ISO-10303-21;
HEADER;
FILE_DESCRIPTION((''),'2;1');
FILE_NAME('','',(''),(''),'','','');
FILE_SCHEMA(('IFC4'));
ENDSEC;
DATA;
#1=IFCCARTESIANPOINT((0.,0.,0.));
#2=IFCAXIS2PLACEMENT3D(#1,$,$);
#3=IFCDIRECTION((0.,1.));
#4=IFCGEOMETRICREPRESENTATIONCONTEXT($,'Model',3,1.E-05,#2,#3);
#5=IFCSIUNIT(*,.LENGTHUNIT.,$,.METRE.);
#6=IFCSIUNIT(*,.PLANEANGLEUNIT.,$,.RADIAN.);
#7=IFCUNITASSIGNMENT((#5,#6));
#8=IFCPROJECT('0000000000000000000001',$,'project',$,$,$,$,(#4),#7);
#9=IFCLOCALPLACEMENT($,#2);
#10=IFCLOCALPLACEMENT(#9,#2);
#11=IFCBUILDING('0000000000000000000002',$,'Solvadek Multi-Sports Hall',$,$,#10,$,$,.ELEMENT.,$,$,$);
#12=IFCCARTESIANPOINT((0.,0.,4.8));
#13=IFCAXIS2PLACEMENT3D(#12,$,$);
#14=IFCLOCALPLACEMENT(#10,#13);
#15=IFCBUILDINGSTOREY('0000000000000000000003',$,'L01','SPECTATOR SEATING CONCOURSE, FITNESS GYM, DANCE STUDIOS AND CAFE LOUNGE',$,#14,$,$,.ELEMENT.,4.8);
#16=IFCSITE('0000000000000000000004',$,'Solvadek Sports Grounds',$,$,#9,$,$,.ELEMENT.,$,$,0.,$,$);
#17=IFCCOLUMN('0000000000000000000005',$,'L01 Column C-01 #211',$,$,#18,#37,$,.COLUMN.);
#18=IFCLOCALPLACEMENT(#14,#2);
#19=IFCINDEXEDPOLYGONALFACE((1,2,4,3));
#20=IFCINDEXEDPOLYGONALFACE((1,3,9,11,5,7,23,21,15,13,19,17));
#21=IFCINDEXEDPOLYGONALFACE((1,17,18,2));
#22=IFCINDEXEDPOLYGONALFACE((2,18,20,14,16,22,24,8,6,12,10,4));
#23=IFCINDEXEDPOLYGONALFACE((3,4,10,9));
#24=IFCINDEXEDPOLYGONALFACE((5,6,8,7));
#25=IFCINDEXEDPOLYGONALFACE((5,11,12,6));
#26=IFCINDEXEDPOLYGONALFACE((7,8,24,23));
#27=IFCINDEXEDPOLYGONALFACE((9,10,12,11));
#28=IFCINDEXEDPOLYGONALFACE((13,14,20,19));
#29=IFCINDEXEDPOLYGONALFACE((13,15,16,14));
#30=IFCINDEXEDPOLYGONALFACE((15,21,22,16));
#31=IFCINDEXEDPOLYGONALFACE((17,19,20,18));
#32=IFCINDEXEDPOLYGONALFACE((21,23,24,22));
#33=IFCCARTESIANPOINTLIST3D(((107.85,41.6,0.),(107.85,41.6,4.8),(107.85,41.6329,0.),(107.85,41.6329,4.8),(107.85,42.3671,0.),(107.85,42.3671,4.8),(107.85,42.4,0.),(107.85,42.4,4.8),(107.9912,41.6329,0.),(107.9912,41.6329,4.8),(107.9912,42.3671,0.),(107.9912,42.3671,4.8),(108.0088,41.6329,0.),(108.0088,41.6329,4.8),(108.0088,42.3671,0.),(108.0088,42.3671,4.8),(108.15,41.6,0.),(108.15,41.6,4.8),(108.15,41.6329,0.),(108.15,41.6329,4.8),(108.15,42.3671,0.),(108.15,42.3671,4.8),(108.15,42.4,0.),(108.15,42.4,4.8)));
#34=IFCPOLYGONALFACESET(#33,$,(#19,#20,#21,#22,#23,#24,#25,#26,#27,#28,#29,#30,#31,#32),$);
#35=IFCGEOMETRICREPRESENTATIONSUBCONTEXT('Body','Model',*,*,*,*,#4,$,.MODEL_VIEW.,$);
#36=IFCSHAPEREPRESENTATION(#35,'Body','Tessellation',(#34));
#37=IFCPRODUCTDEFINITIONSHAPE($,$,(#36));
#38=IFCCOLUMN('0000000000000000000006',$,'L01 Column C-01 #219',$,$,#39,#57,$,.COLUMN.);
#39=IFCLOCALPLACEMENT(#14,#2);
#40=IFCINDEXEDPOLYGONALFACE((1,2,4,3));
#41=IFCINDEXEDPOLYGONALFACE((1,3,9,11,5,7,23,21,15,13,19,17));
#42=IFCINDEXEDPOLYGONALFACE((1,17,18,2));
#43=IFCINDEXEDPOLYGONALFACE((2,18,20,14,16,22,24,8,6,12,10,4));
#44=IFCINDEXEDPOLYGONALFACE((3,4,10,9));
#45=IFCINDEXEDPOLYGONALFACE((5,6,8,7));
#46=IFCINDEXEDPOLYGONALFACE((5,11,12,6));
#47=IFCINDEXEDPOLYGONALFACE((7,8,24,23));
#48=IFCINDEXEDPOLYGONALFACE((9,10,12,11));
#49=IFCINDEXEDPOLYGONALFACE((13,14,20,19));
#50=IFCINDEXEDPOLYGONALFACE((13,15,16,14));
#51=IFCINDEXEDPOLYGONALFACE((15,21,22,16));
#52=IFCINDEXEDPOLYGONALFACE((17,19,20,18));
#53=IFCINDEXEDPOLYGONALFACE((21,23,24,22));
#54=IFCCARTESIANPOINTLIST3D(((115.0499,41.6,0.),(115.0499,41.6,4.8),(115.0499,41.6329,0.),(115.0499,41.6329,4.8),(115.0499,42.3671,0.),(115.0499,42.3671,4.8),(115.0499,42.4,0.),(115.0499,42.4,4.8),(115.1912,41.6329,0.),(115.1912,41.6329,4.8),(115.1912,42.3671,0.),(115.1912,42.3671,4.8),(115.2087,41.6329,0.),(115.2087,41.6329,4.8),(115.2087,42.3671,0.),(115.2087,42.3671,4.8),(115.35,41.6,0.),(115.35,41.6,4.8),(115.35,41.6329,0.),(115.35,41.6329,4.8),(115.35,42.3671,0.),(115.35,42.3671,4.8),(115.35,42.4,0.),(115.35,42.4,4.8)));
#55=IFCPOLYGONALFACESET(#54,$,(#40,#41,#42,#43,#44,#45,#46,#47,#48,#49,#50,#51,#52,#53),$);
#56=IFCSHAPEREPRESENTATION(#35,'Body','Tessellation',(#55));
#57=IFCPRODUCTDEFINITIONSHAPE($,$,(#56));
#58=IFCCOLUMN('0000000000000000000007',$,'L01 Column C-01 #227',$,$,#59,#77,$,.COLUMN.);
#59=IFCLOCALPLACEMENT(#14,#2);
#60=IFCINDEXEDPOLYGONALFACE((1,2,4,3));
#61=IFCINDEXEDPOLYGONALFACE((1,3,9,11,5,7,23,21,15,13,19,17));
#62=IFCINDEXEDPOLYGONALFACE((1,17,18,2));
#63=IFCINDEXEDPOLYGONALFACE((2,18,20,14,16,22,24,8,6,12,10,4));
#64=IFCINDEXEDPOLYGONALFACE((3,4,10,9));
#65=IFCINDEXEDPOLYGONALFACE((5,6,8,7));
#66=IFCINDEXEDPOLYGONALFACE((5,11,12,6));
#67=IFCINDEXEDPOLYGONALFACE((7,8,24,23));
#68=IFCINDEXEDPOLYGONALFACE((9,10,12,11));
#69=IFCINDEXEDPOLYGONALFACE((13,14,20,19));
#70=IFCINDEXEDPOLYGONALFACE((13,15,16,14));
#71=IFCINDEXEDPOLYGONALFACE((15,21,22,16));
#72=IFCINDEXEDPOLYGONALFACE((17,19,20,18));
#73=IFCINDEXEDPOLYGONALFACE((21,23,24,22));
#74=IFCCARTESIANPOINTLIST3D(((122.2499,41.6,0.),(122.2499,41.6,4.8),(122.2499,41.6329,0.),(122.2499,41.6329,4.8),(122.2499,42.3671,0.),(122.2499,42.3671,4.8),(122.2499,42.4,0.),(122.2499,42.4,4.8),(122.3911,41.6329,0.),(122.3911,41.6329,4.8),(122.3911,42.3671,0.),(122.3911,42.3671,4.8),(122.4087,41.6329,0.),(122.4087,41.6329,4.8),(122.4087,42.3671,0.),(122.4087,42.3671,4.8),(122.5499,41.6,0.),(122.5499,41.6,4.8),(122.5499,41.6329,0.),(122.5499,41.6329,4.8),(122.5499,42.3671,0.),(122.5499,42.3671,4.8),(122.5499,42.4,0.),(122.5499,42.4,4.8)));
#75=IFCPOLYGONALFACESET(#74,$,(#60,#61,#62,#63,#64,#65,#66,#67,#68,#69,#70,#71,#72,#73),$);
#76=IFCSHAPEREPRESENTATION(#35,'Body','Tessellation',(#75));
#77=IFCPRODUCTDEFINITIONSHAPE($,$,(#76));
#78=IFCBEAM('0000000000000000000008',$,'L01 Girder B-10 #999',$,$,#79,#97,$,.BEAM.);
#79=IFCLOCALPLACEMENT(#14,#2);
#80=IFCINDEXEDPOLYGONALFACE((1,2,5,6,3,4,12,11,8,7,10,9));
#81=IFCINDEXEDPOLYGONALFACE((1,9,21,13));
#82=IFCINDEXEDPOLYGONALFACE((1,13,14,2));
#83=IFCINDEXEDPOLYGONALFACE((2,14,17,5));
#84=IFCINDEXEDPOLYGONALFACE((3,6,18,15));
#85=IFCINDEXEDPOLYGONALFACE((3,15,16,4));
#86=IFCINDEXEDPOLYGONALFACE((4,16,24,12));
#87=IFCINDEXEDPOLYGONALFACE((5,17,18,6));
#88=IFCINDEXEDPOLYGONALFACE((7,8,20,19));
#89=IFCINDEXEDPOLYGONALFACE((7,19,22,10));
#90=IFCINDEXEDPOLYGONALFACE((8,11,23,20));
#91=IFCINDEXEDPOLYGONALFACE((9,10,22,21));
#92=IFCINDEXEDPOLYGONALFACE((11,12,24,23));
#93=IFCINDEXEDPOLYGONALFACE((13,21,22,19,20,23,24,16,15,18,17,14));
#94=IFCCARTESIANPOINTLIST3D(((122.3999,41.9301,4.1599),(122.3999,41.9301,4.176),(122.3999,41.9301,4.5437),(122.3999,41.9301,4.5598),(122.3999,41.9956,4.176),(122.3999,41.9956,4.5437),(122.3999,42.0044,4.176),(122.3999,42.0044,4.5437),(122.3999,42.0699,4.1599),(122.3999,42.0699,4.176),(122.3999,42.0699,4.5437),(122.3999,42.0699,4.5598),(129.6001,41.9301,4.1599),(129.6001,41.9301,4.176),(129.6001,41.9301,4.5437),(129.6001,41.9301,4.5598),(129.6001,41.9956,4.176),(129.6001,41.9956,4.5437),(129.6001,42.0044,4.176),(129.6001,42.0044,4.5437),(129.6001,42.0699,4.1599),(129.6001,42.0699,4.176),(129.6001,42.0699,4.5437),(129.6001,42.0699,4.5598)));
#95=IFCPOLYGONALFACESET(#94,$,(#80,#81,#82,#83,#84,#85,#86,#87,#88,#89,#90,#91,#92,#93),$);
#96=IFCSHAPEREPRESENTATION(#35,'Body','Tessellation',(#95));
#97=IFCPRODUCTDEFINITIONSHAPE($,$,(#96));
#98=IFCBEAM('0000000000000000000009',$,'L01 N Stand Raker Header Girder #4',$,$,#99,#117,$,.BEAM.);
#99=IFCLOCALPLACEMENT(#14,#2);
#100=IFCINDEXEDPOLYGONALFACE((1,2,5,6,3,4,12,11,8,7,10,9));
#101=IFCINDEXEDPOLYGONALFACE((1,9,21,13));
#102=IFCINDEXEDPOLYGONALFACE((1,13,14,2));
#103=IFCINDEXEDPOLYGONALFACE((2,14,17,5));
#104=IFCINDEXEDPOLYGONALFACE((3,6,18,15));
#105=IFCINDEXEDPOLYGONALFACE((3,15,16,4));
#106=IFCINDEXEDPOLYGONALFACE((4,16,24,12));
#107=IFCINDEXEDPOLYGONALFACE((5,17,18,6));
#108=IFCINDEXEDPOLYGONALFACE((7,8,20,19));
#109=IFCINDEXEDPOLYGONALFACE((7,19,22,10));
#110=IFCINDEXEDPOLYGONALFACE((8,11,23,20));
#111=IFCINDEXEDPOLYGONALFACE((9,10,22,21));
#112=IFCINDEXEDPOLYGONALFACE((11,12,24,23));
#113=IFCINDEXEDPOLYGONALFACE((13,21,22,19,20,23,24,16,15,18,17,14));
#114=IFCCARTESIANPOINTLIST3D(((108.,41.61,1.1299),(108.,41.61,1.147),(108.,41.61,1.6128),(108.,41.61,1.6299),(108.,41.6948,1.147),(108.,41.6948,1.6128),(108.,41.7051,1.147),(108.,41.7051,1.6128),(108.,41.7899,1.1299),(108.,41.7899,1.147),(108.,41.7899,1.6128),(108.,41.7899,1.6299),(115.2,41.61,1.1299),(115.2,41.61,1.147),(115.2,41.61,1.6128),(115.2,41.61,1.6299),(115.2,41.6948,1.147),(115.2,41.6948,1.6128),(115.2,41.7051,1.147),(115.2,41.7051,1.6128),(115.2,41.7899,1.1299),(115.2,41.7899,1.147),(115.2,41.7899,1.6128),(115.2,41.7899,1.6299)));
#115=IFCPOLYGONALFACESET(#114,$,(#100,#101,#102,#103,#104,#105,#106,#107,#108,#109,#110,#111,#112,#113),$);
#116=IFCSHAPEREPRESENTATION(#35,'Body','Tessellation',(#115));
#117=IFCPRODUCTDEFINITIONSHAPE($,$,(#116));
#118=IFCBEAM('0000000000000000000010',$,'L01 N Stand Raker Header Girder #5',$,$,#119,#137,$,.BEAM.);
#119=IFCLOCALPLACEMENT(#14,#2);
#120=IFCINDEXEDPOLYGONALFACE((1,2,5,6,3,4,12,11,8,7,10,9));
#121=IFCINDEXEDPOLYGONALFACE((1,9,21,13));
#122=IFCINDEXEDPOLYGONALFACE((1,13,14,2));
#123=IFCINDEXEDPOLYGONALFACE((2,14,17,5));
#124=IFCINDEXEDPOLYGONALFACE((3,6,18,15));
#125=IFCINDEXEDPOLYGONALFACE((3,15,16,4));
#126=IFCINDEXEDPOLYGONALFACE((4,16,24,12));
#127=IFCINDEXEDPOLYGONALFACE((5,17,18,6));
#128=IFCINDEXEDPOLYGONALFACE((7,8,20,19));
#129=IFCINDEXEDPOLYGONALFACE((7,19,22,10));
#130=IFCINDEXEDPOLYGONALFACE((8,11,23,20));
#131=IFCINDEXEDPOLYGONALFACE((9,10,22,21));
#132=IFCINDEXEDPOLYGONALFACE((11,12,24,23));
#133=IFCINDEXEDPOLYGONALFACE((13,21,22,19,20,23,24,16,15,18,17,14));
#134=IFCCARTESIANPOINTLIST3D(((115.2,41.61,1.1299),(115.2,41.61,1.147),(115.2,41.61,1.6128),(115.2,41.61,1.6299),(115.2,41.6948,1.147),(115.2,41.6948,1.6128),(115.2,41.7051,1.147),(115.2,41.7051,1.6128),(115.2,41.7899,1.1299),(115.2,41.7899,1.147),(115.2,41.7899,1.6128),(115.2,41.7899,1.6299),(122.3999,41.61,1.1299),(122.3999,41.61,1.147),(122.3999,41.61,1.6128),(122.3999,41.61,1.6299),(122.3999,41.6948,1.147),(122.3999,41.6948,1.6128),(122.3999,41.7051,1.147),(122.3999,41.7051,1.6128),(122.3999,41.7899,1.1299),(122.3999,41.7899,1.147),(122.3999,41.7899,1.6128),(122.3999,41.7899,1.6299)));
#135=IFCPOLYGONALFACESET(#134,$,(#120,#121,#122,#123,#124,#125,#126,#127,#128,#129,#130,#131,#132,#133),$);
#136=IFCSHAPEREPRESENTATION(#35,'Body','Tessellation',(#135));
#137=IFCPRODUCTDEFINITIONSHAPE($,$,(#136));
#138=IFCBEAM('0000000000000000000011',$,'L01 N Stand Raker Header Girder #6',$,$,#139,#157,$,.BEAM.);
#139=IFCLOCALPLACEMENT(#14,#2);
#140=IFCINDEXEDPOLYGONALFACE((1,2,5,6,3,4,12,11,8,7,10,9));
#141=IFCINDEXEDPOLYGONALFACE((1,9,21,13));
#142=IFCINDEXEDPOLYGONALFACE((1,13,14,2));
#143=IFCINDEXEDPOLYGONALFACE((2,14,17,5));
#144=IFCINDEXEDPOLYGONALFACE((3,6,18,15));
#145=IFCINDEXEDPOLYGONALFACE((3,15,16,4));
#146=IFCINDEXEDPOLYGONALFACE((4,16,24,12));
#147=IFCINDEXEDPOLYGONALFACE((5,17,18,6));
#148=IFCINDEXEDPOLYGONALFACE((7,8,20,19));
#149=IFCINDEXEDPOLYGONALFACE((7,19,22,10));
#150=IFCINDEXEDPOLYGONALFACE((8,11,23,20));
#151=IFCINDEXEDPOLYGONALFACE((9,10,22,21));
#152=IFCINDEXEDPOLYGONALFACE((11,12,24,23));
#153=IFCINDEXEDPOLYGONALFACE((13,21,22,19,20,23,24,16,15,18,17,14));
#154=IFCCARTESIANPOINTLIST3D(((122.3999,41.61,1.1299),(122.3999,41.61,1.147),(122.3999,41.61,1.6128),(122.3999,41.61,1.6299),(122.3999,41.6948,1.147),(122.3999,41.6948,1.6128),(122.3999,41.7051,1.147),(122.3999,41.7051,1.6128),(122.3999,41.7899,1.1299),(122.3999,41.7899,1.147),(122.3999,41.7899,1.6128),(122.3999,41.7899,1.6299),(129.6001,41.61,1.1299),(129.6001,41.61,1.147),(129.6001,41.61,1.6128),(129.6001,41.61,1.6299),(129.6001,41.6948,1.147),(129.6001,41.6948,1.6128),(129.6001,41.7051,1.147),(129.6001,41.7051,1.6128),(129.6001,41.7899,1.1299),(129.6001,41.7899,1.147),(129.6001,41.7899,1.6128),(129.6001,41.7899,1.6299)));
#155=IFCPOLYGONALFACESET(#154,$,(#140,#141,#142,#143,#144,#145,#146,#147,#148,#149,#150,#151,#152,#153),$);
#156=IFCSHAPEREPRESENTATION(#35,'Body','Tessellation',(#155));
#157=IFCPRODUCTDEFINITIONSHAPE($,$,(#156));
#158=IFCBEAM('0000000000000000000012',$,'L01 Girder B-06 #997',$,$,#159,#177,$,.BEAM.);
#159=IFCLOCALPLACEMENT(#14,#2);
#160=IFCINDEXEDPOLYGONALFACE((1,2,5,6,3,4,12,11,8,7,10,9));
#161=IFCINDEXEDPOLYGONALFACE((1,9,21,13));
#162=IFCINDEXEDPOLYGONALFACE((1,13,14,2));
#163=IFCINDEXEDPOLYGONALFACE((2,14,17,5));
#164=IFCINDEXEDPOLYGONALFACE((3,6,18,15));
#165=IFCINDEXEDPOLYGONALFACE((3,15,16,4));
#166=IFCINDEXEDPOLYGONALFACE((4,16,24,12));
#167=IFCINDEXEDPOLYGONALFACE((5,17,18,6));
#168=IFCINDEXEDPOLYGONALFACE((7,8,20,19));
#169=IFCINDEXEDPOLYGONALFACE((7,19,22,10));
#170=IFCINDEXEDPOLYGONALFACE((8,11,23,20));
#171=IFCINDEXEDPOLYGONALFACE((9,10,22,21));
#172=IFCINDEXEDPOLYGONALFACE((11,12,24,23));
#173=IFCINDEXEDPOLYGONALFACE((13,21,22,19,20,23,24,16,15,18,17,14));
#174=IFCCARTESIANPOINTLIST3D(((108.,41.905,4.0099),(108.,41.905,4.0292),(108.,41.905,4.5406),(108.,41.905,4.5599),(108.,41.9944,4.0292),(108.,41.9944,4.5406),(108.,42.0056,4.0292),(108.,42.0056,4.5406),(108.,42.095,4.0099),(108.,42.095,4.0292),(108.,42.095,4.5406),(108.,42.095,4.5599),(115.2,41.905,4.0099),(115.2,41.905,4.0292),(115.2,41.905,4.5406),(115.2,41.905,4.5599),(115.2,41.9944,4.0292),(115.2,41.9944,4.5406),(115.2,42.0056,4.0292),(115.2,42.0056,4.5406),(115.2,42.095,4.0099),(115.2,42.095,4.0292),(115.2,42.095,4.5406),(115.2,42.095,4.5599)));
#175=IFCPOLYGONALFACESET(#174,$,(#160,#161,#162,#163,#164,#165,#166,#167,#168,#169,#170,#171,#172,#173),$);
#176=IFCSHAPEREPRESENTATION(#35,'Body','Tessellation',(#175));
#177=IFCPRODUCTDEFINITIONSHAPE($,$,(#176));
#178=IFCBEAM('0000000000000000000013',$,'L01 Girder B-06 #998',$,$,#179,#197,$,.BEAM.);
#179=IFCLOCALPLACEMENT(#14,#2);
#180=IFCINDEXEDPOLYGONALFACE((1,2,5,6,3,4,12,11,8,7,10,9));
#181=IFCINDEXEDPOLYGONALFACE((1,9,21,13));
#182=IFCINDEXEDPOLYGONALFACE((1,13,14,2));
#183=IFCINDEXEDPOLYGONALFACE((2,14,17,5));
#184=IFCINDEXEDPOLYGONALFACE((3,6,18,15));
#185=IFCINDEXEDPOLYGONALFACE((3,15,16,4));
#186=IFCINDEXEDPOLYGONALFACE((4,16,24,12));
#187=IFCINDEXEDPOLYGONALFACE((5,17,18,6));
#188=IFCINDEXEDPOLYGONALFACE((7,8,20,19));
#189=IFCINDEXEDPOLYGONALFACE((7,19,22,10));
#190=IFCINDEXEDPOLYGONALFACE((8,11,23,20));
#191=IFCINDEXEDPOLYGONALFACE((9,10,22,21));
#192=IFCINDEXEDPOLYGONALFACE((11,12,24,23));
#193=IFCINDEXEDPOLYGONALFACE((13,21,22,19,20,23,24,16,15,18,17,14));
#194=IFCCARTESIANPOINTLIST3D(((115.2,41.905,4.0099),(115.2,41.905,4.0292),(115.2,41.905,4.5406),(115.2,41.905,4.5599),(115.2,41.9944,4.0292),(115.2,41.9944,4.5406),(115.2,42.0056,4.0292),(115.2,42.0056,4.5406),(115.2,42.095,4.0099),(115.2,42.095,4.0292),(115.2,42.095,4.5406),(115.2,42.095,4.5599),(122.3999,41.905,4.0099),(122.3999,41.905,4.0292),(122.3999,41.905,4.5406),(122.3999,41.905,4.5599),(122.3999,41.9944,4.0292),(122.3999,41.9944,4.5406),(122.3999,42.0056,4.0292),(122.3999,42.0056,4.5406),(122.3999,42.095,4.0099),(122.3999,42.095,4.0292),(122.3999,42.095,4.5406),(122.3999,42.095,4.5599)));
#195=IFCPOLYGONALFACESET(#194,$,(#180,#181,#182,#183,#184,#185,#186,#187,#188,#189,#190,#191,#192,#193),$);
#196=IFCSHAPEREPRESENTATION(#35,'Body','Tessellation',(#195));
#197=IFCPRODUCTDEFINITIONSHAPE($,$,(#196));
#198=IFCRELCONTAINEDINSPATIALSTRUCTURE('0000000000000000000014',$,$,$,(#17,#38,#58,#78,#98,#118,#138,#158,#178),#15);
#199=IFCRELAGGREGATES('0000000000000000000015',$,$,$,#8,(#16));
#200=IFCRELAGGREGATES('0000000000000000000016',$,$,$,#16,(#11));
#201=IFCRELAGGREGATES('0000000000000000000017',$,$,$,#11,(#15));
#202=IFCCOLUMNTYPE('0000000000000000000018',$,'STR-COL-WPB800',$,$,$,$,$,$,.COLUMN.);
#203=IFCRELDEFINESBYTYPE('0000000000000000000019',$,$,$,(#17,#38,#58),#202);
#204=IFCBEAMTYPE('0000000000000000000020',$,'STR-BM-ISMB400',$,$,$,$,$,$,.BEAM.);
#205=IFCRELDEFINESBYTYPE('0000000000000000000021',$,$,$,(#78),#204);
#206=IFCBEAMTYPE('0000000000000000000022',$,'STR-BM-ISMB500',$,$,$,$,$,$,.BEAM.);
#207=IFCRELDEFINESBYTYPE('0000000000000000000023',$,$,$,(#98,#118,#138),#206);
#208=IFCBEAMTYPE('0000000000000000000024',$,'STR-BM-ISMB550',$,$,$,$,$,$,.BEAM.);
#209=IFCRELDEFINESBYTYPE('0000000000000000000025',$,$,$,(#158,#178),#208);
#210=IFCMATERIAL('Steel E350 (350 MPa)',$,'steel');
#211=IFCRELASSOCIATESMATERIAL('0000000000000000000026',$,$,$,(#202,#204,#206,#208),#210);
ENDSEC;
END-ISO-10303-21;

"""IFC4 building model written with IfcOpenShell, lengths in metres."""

from ifc_helpers import new_model, si_unit, direction, frame, origin, origin_2d, place, context, subcontext, project, spatial, i_section, extrude, material, material_profile, profile_set, type_object, element, save


model = new_model("IFC4")

# Units and contexts
model_context = context("Model", 3, precision=1e-05, world=origin(), true_north=direction((0.0, 1.0)))
body_context = subcontext(model_context, "Body", "Model", "MODEL_VIEW")
ifc_project = project(units=[si_unit("LENGTHUNIT", "METRE"), si_unit("PLANEANGLEUNIT", "RADIAN")], contexts=[model_context])

# Site, building, storey
site_placement = place(None, origin())
site = spatial("IfcSite", under=ifc_project, at=site_placement, Name="Solvadek Sports Grounds", CompositionType="ELEMENT", RefElevation=0.0)
building_placement = place(site_placement, origin())
building = spatial("IfcBuilding", under=site, at=building_placement, Name="Solvadek Multi-Sports Hall", CompositionType="ELEMENT")
storey_placement = place(building_placement, frame((0.0, 0.0, 4.8)))
storey = spatial("IfcBuildingStorey", under=building, at=storey_placement, Name="L01", Description="SPECTATOR SEATING CONCOURSE, FITNESS GYM, DANCE STUDIOS AND CAFE LOUNGE", CompositionType="ELEMENT", Elevation=4.8)

# Columns
ifc_material_1 = material(Name="Steel E350 (350 MPa)", Category="steel")
ifc_material_profile_1 = material_profile(ifc_material_1, i_section(OverallWidth=0.3, OverallDepth=0.8, WebThickness=0.0176, FlangeThickness=0.033, at=origin_2d()), Name="WPB 800")
ifc_profile_set_1 = profile_set([ifc_material_profile_1], Name="Steel E350 (350 MPa)")
column_type = type_object("IfcColumnType", Name="STR-COL-WPB800", PredefinedType="COLUMN", material=ifc_profile_set_1)
for number, where, z_axis, x_axis, name in (
    (1, (108.0, 42.0, 0.0), (0.0, 0.0, 1.0), (1.0, 0.0, 0.0), "L01 Column C-01 #211"),
    (2, (115.2, 42.0, 0.0), (0.0, 0.0, 1.0), (1.0, 0.0, 0.0), "L01 Column C-01 #219"),
    (3, (122.3999, 42.0, 0.0), (0.0, 0.0, 1.0), (1.0, 0.0, 0.0), "L01 Column C-01 #227"),
):
    element("IfcColumn", number, at=place(storey_placement, frame(where, z_axis=z_axis, x_axis=x_axis)), inside=storey, type_object=column_type, Name=name, PredefinedType="COLUMN", context=body_context, shape_type="SweptSolid", body=[
        extrude(i_section(OverallWidth=0.3, OverallDepth=0.8, WebThickness=0.0176, FlangeThickness=0.033, at=origin_2d()), origin(), (0.0, 0.0, 1.0), 4.8),
    ])

# Beams
ifc_material_profile_2 = material_profile(ifc_material_1, i_section(OverallWidth=0.1399, OverallDepth=0.3999, WebThickness=0.0088, FlangeThickness=0.0161, at=origin_2d()), Name="ISMB 400")
ifc_profile_set_2 = profile_set([ifc_material_profile_2], Name="Steel E350 (350 MPa)")
beam_type_1 = type_object("IfcBeamType", Name="STR-BM-ISMB400", PredefinedType="BEAM", material=ifc_profile_set_2)
beam_1_placement = place(storey_placement, frame((122.3999, 42.0, 4.3599), z_axis=(1.0, 0.0, 0.0), x_axis=(0.0, 1.0, 0.0)))
element("IfcBeam", 4, at=beam_1_placement, inside=storey, type_object=beam_type_1, Name="L01 Girder B-10 #999", PredefinedType="BEAM", context=body_context, shape_type="SweptSolid", body=[
    extrude(i_section(OverallWidth=0.1399, OverallDepth=0.3999, WebThickness=0.0088, FlangeThickness=0.0161, at=origin_2d()), origin(), (0.0, 0.0, 1.0), 7.2002),
])
ifc_material_profile_3 = material_profile(ifc_material_1, i_section(OverallWidth=0.1799, OverallDepth=0.5, WebThickness=0.0103, FlangeThickness=0.0171, at=origin_2d()), Name="ISMB 500")
ifc_profile_set_3 = profile_set([ifc_material_profile_3], Name="Steel E350 (350 MPa)")
beam_type_2 = type_object("IfcBeamType", Name="STR-BM-ISMB500", PredefinedType="BEAM", material=ifc_profile_set_3)
for number, where, z_axis, x_axis, name in (
    (5, (108.0, 41.7, 1.3799), (1.0, 0.0, 0.0), (0.0, 1.0, 0.0), "L01 N Stand Raker Header Girder #4"),
    (6, (115.2, 41.7, 1.3799), (1.0, 0.0, 0.0), (0.0, 1.0, 0.0), "L01 N Stand Raker Header Girder #5"),
):
    element("IfcBeam", number, at=place(storey_placement, frame(where, z_axis=z_axis, x_axis=x_axis)), inside=storey, type_object=beam_type_2, Name=name, PredefinedType="BEAM", context=body_context, shape_type="SweptSolid", body=[
        extrude(i_section(OverallWidth=0.1799, OverallDepth=0.5, WebThickness=0.0103, FlangeThickness=0.0171, at=origin_2d()), origin(), (0.0, 0.0, 1.0), 7.2),
    ])
beam_2_placement = place(storey_placement, frame((122.3999, 41.7, 1.3799), z_axis=(1.0, 0.0, 0.0), x_axis=(0.0, 1.0, 0.0)))
element("IfcBeam", 7, at=beam_2_placement, inside=storey, type_object=beam_type_2, Name="L01 N Stand Raker Header Girder #6", PredefinedType="BEAM", context=body_context, shape_type="SweptSolid", body=[
    extrude(i_section(OverallWidth=0.1799, OverallDepth=0.5, WebThickness=0.0103, FlangeThickness=0.0171, at=origin_2d()), origin(), (0.0, 0.0, 1.0), 7.2002),
])
ifc_material_profile_4 = material_profile(ifc_material_1, i_section(OverallWidth=0.1899, OverallDepth=0.55, WebThickness=0.0112, FlangeThickness=0.0193, at=origin_2d()), Name="ISMB 550")
ifc_profile_set_4 = profile_set([ifc_material_profile_4], Name="Steel E350 (350 MPa)")
beam_type_3 = type_object("IfcBeamType", Name="STR-BM-ISMB550", PredefinedType="BEAM", material=ifc_profile_set_4)
for number, where, z_axis, x_axis, name in (
    (8, (108.0, 42.0, 4.2849), (1.0, 0.0, 0.0), (0.0, 1.0, 0.0), "L01 Girder B-06 #997"),
    (9, (115.2, 42.0, 4.2849), (1.0, 0.0, 0.0), (0.0, 1.0, 0.0), "L01 Girder B-06 #998"),
):
    element("IfcBeam", number, at=place(storey_placement, frame(where, z_axis=z_axis, x_axis=x_axis)), inside=storey, type_object=beam_type_3, Name=name, PredefinedType="BEAM", context=body_context, shape_type="SweptSolid", body=[
        extrude(i_section(OverallWidth=0.1899, OverallDepth=0.55, WebThickness=0.0112, FlangeThickness=0.0193, at=origin_2d()), origin(), (0.0, 0.0, 1.0), 7.2),
    ])

save(model, "model.ifc")
